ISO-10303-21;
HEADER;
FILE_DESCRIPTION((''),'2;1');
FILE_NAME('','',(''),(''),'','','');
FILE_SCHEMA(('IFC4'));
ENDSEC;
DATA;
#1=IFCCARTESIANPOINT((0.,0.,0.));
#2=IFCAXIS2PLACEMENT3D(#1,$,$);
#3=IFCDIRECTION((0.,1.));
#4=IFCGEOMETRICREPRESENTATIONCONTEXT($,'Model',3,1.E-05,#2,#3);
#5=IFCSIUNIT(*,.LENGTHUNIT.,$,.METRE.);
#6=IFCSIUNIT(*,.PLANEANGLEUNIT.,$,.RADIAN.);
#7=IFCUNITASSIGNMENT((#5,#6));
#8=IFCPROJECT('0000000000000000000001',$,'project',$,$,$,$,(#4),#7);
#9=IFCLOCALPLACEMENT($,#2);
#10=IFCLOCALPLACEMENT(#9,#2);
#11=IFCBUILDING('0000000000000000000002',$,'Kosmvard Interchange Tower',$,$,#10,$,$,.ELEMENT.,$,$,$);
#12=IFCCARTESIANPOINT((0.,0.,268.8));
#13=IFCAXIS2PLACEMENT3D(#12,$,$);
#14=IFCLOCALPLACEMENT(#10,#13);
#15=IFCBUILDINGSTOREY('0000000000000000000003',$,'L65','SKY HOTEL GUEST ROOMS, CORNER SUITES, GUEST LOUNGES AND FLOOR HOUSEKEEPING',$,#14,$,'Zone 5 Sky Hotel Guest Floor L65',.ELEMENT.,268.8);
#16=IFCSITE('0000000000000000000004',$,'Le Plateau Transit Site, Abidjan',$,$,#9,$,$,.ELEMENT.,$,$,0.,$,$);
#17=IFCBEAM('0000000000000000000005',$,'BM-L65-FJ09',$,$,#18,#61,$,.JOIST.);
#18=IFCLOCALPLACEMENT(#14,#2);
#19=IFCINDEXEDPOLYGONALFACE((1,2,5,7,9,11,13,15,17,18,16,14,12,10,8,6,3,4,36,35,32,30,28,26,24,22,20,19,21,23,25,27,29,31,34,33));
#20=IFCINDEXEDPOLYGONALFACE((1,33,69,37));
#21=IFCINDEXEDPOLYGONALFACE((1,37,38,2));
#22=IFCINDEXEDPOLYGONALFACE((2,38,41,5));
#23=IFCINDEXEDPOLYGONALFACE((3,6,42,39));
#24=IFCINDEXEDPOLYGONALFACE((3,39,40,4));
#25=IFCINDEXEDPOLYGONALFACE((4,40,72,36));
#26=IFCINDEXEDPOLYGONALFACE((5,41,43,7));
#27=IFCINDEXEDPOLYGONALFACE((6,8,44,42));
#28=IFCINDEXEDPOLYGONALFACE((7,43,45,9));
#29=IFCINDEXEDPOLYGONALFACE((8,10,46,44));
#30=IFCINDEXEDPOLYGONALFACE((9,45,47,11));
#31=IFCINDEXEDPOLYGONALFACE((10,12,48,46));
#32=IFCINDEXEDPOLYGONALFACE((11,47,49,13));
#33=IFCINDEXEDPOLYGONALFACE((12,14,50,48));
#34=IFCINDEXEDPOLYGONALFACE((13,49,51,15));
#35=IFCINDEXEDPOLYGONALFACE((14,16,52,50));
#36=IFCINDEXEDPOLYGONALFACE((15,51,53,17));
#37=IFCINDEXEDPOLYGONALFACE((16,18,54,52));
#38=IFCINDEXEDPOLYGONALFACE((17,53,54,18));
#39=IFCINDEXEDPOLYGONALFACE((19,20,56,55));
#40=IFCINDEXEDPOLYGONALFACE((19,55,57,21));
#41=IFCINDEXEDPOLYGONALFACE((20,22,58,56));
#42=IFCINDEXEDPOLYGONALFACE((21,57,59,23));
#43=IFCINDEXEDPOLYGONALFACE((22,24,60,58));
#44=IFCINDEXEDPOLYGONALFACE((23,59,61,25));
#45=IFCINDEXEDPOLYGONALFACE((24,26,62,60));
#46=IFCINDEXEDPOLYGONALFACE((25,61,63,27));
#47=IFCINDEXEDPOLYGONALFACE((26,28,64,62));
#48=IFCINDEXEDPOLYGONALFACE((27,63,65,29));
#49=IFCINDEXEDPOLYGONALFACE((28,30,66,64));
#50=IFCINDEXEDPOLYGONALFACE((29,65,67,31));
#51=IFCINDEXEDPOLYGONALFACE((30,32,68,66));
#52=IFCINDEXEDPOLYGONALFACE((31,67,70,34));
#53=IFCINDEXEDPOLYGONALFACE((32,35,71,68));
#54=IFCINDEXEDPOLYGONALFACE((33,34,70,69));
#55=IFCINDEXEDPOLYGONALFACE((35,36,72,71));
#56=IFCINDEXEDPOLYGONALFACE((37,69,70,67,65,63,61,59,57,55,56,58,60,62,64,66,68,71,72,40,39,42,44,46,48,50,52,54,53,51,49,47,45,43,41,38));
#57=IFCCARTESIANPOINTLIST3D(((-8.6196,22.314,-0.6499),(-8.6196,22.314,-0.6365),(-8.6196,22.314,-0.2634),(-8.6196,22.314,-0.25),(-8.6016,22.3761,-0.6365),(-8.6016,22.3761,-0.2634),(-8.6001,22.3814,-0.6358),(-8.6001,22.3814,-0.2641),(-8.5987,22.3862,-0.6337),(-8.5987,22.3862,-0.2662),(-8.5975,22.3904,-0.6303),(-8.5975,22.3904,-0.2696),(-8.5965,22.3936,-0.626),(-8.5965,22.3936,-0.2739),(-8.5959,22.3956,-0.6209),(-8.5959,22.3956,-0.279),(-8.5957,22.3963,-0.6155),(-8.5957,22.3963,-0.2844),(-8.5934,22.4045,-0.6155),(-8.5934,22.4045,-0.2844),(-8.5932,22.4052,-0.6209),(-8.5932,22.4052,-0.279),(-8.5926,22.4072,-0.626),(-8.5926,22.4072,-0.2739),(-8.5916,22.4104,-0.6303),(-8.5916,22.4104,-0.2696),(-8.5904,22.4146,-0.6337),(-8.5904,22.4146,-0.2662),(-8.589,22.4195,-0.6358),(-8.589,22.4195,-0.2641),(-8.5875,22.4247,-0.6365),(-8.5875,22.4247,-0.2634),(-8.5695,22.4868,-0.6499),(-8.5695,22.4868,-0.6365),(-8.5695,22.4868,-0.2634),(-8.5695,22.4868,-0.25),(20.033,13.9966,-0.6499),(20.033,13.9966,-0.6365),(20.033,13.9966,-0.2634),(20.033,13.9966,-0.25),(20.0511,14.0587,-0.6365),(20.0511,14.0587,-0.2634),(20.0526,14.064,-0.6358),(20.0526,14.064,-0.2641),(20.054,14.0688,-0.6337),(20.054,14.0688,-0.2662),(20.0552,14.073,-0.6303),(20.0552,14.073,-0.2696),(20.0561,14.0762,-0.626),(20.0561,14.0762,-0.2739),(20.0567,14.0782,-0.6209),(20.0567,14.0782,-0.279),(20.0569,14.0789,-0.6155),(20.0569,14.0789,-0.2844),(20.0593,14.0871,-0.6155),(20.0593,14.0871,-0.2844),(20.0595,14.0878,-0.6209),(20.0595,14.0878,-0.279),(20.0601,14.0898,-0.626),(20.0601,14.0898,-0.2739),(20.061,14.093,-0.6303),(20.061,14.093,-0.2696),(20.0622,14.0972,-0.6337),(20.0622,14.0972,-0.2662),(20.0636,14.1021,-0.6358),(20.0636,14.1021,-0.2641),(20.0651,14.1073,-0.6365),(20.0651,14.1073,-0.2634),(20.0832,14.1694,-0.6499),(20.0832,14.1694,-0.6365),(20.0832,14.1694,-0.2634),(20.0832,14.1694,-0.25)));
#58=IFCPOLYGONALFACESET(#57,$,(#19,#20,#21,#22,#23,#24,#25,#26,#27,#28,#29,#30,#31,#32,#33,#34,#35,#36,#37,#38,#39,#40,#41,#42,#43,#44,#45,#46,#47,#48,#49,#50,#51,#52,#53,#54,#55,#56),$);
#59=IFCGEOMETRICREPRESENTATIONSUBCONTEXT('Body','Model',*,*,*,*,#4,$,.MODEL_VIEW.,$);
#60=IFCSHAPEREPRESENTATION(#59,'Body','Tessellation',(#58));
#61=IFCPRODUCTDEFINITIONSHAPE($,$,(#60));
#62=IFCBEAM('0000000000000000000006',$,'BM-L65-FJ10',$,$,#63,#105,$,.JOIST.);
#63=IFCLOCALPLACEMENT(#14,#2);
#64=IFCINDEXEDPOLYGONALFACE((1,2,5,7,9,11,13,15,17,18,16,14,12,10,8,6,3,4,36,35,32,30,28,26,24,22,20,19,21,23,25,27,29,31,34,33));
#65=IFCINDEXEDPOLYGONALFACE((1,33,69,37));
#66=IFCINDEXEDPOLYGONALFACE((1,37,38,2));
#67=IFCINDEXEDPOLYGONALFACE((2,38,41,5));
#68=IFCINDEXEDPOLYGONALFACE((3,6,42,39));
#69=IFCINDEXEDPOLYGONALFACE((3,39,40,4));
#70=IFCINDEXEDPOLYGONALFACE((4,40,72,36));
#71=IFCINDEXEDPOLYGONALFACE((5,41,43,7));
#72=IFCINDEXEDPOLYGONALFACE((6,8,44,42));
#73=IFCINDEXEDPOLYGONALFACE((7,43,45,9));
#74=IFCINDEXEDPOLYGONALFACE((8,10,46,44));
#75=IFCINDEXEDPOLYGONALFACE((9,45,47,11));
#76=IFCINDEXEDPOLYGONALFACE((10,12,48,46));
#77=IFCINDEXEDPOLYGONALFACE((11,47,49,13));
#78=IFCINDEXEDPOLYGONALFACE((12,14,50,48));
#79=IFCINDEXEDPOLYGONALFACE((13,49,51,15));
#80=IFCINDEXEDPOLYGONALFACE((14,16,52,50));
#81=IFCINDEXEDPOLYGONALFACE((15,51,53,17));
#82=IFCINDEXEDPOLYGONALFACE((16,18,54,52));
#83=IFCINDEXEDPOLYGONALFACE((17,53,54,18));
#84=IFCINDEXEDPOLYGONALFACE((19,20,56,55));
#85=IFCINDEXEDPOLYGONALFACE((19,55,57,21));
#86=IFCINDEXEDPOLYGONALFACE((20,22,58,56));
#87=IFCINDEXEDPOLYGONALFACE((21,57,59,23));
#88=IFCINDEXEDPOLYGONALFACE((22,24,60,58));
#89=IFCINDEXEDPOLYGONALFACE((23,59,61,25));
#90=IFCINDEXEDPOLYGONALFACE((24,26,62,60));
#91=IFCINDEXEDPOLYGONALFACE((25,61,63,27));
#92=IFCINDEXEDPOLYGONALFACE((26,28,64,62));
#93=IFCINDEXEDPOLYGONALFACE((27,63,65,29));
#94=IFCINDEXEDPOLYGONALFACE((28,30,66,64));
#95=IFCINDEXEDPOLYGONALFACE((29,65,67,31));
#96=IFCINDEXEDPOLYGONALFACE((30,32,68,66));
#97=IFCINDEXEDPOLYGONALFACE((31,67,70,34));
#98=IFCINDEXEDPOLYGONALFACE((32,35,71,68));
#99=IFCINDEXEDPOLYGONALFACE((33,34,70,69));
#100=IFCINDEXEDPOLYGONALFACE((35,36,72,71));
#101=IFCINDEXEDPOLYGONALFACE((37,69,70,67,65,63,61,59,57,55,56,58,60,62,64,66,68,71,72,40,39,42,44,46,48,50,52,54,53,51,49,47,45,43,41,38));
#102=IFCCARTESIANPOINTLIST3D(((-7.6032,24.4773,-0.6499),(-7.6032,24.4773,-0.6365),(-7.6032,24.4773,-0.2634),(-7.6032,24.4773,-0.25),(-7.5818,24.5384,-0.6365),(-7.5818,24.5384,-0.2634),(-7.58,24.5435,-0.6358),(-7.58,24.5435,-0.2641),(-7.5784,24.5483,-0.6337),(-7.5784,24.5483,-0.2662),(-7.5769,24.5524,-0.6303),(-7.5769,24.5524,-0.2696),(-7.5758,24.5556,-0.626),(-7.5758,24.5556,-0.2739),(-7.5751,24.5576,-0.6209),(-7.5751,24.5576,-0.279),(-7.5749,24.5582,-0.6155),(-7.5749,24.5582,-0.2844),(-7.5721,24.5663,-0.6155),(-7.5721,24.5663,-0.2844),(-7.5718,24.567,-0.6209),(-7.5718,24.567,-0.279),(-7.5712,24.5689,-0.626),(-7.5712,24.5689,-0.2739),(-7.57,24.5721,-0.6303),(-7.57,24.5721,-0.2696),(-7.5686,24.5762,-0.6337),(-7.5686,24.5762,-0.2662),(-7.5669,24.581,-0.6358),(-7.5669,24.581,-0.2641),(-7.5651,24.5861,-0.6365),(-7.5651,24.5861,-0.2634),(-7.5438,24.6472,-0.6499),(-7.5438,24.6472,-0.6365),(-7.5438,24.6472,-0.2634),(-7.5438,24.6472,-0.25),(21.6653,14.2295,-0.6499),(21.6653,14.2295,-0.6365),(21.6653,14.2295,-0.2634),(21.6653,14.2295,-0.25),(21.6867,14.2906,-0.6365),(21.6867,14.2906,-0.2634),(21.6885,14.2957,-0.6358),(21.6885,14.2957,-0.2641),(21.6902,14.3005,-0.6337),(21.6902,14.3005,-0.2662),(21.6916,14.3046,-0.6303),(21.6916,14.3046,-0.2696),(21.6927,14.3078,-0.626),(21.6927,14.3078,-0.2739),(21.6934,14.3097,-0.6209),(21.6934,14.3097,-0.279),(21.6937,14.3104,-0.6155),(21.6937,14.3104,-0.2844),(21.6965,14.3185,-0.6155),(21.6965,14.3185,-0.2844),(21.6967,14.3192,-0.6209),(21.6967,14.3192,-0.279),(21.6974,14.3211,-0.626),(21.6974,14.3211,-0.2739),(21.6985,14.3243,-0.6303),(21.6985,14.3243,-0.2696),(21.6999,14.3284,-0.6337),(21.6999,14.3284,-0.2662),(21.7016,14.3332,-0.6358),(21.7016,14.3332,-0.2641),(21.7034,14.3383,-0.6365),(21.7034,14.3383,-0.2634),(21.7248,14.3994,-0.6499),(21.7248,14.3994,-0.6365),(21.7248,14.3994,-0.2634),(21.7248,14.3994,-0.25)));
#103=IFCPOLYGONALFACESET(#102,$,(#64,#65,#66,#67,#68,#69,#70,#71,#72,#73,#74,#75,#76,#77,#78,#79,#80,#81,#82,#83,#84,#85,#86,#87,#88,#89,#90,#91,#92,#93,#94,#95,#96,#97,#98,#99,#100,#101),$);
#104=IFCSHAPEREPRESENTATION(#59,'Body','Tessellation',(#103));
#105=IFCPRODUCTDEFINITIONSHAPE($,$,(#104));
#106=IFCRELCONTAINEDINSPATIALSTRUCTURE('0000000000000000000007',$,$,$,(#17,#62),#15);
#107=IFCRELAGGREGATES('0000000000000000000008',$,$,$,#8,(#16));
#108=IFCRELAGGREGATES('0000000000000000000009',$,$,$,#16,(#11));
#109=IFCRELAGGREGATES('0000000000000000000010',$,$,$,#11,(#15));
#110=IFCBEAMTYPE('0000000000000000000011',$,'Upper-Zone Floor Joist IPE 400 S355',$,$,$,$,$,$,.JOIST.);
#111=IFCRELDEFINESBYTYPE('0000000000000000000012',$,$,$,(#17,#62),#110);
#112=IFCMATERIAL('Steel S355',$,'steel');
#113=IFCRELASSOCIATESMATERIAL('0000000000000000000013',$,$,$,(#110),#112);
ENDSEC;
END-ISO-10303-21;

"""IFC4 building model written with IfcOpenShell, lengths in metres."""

from ifc_helpers import new_model, si_unit, direction, frame, origin, origin_2d, place, context, subcontext, project, spatial, i_section, extrude, source, transform, mapped, material, material_profile, profile_set, type_object, element, save


model = new_model("IFC4")

# Units and contexts
model_context = context("Model", 3, precision=1e-05, world=origin(), true_north=direction((0.0, 1.0)))
body_context = subcontext(model_context, "Body", "Model", "MODEL_VIEW")
ifc_project = project(units=[si_unit("LENGTHUNIT", "METRE"), si_unit("PLANEANGLEUNIT", "RADIAN")], contexts=[model_context])

# Site, building, storey
site_placement = place(None, origin())
site = spatial("IfcSite", under=ifc_project, at=site_placement, Name="Le Plateau Transit Site, Abidjan", CompositionType="ELEMENT", RefElevation=0.0)
building_placement = place(site_placement, origin())
building = spatial("IfcBuilding", under=site, at=building_placement, Name="Kosmvard Interchange Tower", CompositionType="ELEMENT")
storey_placement = place(building_placement, frame((0.0, 0.0, 268.8)))
storey = spatial("IfcBuildingStorey", under=building, at=storey_placement, Name="L65", Description="SKY HOTEL GUEST ROOMS, CORNER SUITES, GUEST LOUNGES AND FLOOR HOUSEKEEPING", LongName="Zone 5 Sky Hotel Guest Floor L65", CompositionType="ELEMENT", Elevation=268.8)

# Beams
ifc_material_1 = material(Name="Steel S355", Category="steel")
ifc_material_profile_1 = material_profile(ifc_material_1, i_section(OverallWidth=0.1799, OverallDepth=0.3999, WebThickness=0.0085, FlangeThickness=0.0134, FilletRadius=0.021, at=origin_2d()), Name="IPE 400")
ifc_profile_set_1 = profile_set([ifc_material_profile_1], Name="Steel S355")
beam_type_1 = type_object("IfcBeamType", Name="Upper-Zone Floor Joist IPE 400 S355", PredefinedType="JOIST", material=ifc_profile_set_1)
shared_shape_1 = source(origin(), body_context, "Body", "SweptSolid", [
    extrude(i_section(OverallWidth=0.1799, OverallDepth=0.3999, WebThickness=0.0085, FlangeThickness=0.0134, FilletRadius=0.021, at=origin_2d()), origin(), (0.0, 0.0, 1.0), 29.8354),
])
beam_1_placement = place(storey_placement, frame((20.0581, 14.083, -0.45), z_axis=(-0.960356, 0.278776, 0.0), x_axis=(-0.278776, -0.960356, 0.0)))
element("IfcBeam", 1, at=beam_1_placement, inside=storey, type_object=beam_type_1, Name="BM-L65-FJ09", PredefinedType="JOIST", context=body_context, shape_type="MappedRepresentation", body=[
    mapped(shared_shape_1, transform((0.0, 0.0, 0.0), scale=1.0)),
])
shared_shape_2 = source(origin(), body_context, "Body", "SweptSolid", [
    extrude(i_section(OverallWidth=0.1799, OverallDepth=0.3999, WebThickness=0.0085, FlangeThickness=0.0134, FilletRadius=0.021, at=origin_2d()), origin(), (0.0, 0.0, 1.0), 31.0107),
])
beam_2_placement = place(storey_placement, frame((21.6951, 14.3145, -0.45), z_axis=(-0.94382, 0.33046, 0.0), x_axis=(-0.33046, -0.94382, 0.0)))
element("IfcBeam", 2, at=beam_2_placement, inside=storey, type_object=beam_type_1, Name="BM-L65-FJ10", PredefinedType="JOIST", context=body_context, shape_type="MappedRepresentation", body=[
    mapped(shared_shape_2, transform((0.0, 0.0, 0.0), scale=1.0)),
])

save(model, "model.ifc")
